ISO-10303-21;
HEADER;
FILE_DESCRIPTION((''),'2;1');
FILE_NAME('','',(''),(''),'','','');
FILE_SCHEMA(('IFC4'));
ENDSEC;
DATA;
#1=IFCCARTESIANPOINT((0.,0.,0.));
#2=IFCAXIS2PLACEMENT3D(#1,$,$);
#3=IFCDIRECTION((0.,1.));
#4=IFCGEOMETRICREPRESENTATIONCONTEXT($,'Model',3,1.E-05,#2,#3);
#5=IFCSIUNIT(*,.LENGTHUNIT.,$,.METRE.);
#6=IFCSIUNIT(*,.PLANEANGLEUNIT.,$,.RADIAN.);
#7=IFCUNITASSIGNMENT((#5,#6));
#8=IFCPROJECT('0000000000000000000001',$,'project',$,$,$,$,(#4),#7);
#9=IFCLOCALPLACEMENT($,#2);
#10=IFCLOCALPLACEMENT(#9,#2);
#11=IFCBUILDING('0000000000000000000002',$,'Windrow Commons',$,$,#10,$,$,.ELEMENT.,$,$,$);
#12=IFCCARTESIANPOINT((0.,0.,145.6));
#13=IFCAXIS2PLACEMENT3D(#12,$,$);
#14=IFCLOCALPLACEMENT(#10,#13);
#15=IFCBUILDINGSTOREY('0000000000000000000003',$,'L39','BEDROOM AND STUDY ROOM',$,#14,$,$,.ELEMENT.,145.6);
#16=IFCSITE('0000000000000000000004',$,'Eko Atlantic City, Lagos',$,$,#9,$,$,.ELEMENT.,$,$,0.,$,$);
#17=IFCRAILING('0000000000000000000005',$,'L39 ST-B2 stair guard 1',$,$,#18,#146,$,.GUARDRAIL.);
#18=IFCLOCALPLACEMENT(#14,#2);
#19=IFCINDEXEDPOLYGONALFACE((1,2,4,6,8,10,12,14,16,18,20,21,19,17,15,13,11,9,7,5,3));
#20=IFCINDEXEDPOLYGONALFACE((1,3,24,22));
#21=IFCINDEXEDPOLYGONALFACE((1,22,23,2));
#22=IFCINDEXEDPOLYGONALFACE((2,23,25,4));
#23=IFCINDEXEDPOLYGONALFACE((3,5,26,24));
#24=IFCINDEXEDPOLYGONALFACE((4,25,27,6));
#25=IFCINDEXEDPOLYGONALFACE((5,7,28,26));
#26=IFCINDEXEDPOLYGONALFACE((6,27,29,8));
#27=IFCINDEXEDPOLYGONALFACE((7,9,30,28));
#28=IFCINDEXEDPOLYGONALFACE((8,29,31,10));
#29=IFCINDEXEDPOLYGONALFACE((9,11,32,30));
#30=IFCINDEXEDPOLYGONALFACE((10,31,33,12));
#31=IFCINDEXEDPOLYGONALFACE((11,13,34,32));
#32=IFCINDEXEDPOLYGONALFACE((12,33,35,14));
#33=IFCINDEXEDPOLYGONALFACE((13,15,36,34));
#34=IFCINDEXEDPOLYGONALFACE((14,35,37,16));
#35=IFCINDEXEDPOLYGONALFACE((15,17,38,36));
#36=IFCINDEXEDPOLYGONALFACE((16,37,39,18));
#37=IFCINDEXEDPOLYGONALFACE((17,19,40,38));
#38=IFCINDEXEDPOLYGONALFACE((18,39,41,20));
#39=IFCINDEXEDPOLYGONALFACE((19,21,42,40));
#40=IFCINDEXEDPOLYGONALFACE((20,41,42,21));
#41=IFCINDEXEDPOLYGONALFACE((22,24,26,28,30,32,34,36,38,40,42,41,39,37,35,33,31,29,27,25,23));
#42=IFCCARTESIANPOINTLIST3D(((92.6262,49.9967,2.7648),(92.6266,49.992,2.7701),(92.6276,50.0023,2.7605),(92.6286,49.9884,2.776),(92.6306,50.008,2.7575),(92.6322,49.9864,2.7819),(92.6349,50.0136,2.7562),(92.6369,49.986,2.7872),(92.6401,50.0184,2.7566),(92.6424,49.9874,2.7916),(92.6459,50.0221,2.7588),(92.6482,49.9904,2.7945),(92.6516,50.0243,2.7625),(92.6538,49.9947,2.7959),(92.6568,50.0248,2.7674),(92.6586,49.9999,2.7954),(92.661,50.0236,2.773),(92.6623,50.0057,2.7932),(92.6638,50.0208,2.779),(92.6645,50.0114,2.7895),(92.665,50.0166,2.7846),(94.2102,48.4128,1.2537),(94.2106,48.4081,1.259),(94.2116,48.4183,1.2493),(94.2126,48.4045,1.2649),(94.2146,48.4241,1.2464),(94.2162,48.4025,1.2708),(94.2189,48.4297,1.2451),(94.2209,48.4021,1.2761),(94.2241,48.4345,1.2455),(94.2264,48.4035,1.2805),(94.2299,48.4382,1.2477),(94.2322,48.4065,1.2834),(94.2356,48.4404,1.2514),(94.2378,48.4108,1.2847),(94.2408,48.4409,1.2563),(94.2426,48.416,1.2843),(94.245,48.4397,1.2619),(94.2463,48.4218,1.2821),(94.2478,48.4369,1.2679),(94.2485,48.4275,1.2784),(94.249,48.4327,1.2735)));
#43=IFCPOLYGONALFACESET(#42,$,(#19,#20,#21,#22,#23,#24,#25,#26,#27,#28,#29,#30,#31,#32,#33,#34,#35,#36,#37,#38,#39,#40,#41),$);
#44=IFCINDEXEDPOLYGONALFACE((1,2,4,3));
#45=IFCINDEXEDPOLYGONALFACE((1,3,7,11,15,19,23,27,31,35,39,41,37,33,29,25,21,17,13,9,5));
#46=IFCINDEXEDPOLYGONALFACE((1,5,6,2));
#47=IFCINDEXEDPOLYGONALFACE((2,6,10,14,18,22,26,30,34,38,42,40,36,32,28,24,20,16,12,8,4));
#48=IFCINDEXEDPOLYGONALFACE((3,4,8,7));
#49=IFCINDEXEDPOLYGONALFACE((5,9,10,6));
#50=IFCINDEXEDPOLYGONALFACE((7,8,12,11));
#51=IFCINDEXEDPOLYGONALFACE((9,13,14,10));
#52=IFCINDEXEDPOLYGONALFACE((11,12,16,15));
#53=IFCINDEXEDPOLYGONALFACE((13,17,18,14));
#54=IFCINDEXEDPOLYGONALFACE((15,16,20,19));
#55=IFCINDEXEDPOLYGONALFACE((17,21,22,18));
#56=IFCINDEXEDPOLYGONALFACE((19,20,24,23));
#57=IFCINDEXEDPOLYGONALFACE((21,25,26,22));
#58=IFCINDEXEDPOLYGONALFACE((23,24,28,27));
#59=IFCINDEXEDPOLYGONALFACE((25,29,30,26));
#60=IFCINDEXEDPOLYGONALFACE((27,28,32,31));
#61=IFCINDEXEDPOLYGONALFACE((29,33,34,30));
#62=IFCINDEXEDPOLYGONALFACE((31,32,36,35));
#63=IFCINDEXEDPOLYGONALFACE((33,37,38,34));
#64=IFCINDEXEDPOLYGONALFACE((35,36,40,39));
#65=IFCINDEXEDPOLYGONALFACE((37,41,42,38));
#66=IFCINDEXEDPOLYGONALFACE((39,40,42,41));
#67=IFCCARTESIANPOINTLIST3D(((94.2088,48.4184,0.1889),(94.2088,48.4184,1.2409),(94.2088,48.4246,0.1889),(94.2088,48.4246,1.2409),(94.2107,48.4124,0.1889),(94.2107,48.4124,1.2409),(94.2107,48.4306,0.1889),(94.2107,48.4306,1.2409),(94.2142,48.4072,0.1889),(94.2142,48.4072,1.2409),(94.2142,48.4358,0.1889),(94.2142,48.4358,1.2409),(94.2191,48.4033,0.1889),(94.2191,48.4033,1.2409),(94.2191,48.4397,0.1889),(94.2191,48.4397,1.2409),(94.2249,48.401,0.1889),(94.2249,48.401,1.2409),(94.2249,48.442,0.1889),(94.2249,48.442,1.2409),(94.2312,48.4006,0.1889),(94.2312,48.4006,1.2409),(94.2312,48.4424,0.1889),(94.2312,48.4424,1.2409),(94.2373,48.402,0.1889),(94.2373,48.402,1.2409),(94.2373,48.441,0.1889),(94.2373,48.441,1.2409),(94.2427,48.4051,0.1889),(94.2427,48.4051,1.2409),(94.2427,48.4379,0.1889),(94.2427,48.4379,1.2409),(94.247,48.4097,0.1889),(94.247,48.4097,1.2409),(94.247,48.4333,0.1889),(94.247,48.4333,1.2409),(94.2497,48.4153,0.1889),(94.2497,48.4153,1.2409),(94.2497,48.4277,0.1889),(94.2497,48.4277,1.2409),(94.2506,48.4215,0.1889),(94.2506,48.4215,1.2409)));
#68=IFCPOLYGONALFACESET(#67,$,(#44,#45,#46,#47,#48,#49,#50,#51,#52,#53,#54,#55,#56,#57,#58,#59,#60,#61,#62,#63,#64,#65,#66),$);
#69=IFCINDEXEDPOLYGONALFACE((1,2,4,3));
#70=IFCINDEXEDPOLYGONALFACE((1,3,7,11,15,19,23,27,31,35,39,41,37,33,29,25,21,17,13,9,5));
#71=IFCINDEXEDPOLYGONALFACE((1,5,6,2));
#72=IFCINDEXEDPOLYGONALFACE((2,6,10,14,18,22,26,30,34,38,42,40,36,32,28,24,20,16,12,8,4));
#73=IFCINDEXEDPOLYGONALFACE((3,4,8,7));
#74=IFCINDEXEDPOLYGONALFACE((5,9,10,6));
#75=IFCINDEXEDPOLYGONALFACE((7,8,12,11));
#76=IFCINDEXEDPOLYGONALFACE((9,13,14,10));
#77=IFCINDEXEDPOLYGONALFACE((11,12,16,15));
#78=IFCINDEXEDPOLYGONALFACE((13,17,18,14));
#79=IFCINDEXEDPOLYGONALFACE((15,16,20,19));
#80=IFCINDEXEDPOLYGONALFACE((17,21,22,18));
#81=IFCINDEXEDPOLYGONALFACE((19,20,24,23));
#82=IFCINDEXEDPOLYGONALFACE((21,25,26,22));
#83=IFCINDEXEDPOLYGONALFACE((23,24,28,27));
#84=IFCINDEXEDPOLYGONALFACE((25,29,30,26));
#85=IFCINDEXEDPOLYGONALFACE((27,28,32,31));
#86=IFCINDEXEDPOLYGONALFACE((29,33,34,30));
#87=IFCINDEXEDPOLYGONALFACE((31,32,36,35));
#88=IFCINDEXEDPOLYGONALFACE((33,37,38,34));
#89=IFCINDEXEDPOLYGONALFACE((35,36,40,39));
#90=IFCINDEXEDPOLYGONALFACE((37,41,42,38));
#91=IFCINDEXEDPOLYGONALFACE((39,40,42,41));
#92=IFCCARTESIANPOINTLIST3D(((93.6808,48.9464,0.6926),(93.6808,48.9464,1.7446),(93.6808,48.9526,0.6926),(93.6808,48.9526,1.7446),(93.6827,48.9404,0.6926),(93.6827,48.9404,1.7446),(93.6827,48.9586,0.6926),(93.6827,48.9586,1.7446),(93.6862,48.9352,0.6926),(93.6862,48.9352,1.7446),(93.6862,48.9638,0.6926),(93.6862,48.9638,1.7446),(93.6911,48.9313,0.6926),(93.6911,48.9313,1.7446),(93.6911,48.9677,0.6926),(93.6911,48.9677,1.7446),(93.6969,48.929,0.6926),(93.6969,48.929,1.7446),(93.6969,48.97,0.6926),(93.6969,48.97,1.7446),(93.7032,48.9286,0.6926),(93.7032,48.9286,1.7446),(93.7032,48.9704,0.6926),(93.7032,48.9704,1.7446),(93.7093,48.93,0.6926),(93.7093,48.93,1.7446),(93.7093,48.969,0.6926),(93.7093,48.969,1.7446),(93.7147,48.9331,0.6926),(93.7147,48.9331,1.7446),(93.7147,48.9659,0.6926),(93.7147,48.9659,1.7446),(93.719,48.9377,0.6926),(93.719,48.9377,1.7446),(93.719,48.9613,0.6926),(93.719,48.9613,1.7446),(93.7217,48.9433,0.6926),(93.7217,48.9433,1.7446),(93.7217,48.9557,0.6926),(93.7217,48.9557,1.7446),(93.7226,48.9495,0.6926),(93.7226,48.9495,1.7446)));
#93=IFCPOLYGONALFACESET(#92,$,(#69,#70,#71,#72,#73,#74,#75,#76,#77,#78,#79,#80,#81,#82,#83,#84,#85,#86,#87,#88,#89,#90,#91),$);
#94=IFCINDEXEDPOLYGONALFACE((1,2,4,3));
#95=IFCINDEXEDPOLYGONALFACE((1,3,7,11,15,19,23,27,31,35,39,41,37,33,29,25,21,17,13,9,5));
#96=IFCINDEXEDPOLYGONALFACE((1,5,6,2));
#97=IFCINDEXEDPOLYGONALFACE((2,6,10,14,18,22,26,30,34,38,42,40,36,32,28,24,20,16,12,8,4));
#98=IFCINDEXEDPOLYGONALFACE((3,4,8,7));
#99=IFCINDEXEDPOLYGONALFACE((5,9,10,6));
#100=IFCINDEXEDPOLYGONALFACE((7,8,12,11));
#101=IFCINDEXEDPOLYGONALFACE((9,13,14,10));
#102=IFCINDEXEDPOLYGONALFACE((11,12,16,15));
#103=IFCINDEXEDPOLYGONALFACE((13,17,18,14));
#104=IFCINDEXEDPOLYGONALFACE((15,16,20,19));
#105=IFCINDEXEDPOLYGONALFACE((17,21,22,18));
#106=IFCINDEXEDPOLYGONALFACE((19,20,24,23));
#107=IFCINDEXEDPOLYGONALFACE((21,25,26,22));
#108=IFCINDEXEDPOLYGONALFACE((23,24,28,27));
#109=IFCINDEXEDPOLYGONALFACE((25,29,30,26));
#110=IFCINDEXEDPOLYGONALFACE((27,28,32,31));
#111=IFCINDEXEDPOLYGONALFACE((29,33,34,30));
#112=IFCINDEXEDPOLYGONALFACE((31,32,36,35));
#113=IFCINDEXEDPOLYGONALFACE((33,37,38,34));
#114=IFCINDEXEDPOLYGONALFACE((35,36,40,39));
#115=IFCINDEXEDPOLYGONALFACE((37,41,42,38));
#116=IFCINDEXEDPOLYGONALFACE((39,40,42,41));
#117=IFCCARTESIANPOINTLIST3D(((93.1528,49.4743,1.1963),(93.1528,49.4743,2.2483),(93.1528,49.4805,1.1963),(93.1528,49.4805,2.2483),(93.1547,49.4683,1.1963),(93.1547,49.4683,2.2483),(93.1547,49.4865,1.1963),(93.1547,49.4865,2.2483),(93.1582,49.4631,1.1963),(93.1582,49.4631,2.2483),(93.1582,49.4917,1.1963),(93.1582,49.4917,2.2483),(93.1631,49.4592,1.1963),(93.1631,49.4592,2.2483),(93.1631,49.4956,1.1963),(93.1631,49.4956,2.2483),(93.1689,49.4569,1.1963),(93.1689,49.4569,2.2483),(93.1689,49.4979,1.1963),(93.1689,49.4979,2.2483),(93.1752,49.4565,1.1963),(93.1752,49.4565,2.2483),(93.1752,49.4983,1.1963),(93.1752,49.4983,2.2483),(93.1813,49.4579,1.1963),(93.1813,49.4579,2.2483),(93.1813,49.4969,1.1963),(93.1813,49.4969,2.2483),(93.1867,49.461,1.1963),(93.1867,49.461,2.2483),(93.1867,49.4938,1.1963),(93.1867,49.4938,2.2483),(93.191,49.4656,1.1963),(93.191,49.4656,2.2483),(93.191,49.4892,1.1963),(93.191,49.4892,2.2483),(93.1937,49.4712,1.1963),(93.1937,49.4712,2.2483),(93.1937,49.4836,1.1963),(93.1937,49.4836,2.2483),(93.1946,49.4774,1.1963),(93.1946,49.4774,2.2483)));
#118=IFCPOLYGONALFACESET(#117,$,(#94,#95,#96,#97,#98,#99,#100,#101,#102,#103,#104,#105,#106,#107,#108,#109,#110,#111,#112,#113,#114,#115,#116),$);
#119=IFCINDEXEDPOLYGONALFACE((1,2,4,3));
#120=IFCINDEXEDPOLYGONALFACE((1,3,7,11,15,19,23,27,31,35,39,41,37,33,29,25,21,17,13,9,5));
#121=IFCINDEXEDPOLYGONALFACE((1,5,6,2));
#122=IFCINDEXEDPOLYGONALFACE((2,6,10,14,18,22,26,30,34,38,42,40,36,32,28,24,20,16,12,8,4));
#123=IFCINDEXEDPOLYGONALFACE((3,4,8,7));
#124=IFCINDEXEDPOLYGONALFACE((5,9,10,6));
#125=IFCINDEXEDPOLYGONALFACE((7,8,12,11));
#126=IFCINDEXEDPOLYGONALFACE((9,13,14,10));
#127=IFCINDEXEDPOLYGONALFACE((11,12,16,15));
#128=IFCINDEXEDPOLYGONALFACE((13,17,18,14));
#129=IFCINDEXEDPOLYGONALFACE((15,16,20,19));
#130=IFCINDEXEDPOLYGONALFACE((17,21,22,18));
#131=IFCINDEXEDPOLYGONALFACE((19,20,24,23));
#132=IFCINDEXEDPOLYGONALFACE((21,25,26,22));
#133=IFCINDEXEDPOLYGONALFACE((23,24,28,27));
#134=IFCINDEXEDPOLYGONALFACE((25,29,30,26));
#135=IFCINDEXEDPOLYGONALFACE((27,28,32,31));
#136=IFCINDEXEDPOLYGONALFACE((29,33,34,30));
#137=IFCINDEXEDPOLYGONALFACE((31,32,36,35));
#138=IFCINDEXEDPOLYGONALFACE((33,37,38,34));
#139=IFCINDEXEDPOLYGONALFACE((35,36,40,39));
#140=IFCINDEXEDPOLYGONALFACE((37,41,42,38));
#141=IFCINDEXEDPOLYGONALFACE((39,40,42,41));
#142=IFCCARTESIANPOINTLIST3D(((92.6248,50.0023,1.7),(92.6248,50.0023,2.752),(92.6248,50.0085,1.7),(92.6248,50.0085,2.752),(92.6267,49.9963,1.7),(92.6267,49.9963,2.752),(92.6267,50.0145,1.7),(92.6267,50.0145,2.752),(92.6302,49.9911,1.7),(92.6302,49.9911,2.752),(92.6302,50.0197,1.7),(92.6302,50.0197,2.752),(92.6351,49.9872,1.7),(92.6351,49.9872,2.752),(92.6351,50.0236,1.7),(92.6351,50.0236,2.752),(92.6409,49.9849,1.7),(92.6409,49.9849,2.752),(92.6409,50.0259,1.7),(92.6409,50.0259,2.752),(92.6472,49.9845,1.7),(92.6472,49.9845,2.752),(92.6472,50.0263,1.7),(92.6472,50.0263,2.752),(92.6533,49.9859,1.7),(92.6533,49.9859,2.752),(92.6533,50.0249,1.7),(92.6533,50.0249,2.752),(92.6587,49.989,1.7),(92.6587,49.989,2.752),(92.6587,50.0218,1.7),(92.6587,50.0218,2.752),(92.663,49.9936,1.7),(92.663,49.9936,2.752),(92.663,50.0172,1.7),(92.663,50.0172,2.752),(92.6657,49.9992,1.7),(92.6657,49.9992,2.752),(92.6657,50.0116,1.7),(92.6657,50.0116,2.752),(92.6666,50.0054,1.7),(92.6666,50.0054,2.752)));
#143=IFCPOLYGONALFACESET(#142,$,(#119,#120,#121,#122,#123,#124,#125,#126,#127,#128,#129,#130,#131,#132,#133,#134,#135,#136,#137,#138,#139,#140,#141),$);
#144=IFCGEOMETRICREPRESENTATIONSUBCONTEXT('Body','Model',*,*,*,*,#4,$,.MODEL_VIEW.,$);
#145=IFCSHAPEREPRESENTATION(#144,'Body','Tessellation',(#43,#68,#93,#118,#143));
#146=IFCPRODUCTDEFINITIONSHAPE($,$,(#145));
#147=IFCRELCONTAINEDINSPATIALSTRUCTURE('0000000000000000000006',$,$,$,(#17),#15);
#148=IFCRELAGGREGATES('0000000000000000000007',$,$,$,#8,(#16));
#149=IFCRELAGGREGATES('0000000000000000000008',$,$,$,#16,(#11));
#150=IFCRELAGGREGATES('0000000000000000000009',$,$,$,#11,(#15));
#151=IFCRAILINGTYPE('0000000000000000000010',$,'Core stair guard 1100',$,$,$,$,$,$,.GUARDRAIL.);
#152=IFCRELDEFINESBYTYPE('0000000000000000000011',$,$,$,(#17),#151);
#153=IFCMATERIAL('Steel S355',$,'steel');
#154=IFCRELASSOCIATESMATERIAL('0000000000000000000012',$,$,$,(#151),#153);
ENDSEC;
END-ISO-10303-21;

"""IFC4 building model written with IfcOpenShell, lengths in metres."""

from ifc_helpers import new_model, si_unit, direction, frame, origin, origin_2d, place, context, subcontext, project, spatial, circle, extrude, material, type_object, element, save


model = new_model("IFC4")

# Units and contexts
model_context = context("Model", 3, precision=1e-05, world=origin(), true_north=direction((0.0, 1.0)))
body_context = subcontext(model_context, "Body", "Model", "MODEL_VIEW")
ifc_project = project(units=[si_unit("LENGTHUNIT", "METRE"), si_unit("PLANEANGLEUNIT", "RADIAN")], contexts=[model_context])

# Site, building, storey
site_placement = place(None, origin())
site = spatial("IfcSite", under=ifc_project, at=site_placement, Name="Eko Atlantic City, Lagos", CompositionType="ELEMENT", RefElevation=0.0)
building_placement = place(site_placement, origin())
building = spatial("IfcBuilding", under=site, at=building_placement, Name="Windrow Commons", CompositionType="ELEMENT")
storey_placement = place(building_placement, frame((0.0, 0.0, 145.6)))
storey = spatial("IfcBuildingStorey", under=building, at=storey_placement, Name="L39", Description="BEDROOM AND STUDY ROOM", CompositionType="ELEMENT", Elevation=145.6)

# Railing
ifc_material_1 = material(Name="Steel S355", Category="steel")
railing_type_1 = type_object("IfcRailingType", Name="Core stair guard 1100", PredefinedType="GUARDRAIL", material=ifc_material_1)
railing_1_placement = place(storey_placement, frame((94.2296, 48.4215, 0.1889)))
element("IfcRailing", 1, at=railing_1_placement, inside=storey, type_object=railing_type_1, Name="L39 ST-B2 stair guard 1", PredefinedType="GUARDRAIL", context=body_context, shape_type="SweptSolid", body=[
    extrude(circle(Radius=0.024, at=origin_2d()), frame((0.0, 0.0, 1.076), z_axis=(-0.586216, 0.586179, 0.559237), x_axis=(-0.707084, -0.707129, 0.0)), (0.0, 0.0, 1.0), 2.7021),
    extrude(circle(Radius=0.021, at=origin_2d()), origin(), (0.0, 0.0, 1.0), 1.052),
    extrude(circle(Radius=0.021, at=origin_2d()), frame((-0.528, 0.528, 0.5037)), (0.0, 0.0, 1.0), 1.052),
    extrude(circle(Radius=0.021, at=origin_2d()), frame((-1.056, 1.0559, 1.0074)), (0.0, 0.0, 1.0), 1.052),
    extrude(circle(Radius=0.021, at=origin_2d()), frame((-1.584, 1.5839, 1.5111)), (0.0, 0.0, 1.0), 1.052),
])

save(model, "model.ifc")
